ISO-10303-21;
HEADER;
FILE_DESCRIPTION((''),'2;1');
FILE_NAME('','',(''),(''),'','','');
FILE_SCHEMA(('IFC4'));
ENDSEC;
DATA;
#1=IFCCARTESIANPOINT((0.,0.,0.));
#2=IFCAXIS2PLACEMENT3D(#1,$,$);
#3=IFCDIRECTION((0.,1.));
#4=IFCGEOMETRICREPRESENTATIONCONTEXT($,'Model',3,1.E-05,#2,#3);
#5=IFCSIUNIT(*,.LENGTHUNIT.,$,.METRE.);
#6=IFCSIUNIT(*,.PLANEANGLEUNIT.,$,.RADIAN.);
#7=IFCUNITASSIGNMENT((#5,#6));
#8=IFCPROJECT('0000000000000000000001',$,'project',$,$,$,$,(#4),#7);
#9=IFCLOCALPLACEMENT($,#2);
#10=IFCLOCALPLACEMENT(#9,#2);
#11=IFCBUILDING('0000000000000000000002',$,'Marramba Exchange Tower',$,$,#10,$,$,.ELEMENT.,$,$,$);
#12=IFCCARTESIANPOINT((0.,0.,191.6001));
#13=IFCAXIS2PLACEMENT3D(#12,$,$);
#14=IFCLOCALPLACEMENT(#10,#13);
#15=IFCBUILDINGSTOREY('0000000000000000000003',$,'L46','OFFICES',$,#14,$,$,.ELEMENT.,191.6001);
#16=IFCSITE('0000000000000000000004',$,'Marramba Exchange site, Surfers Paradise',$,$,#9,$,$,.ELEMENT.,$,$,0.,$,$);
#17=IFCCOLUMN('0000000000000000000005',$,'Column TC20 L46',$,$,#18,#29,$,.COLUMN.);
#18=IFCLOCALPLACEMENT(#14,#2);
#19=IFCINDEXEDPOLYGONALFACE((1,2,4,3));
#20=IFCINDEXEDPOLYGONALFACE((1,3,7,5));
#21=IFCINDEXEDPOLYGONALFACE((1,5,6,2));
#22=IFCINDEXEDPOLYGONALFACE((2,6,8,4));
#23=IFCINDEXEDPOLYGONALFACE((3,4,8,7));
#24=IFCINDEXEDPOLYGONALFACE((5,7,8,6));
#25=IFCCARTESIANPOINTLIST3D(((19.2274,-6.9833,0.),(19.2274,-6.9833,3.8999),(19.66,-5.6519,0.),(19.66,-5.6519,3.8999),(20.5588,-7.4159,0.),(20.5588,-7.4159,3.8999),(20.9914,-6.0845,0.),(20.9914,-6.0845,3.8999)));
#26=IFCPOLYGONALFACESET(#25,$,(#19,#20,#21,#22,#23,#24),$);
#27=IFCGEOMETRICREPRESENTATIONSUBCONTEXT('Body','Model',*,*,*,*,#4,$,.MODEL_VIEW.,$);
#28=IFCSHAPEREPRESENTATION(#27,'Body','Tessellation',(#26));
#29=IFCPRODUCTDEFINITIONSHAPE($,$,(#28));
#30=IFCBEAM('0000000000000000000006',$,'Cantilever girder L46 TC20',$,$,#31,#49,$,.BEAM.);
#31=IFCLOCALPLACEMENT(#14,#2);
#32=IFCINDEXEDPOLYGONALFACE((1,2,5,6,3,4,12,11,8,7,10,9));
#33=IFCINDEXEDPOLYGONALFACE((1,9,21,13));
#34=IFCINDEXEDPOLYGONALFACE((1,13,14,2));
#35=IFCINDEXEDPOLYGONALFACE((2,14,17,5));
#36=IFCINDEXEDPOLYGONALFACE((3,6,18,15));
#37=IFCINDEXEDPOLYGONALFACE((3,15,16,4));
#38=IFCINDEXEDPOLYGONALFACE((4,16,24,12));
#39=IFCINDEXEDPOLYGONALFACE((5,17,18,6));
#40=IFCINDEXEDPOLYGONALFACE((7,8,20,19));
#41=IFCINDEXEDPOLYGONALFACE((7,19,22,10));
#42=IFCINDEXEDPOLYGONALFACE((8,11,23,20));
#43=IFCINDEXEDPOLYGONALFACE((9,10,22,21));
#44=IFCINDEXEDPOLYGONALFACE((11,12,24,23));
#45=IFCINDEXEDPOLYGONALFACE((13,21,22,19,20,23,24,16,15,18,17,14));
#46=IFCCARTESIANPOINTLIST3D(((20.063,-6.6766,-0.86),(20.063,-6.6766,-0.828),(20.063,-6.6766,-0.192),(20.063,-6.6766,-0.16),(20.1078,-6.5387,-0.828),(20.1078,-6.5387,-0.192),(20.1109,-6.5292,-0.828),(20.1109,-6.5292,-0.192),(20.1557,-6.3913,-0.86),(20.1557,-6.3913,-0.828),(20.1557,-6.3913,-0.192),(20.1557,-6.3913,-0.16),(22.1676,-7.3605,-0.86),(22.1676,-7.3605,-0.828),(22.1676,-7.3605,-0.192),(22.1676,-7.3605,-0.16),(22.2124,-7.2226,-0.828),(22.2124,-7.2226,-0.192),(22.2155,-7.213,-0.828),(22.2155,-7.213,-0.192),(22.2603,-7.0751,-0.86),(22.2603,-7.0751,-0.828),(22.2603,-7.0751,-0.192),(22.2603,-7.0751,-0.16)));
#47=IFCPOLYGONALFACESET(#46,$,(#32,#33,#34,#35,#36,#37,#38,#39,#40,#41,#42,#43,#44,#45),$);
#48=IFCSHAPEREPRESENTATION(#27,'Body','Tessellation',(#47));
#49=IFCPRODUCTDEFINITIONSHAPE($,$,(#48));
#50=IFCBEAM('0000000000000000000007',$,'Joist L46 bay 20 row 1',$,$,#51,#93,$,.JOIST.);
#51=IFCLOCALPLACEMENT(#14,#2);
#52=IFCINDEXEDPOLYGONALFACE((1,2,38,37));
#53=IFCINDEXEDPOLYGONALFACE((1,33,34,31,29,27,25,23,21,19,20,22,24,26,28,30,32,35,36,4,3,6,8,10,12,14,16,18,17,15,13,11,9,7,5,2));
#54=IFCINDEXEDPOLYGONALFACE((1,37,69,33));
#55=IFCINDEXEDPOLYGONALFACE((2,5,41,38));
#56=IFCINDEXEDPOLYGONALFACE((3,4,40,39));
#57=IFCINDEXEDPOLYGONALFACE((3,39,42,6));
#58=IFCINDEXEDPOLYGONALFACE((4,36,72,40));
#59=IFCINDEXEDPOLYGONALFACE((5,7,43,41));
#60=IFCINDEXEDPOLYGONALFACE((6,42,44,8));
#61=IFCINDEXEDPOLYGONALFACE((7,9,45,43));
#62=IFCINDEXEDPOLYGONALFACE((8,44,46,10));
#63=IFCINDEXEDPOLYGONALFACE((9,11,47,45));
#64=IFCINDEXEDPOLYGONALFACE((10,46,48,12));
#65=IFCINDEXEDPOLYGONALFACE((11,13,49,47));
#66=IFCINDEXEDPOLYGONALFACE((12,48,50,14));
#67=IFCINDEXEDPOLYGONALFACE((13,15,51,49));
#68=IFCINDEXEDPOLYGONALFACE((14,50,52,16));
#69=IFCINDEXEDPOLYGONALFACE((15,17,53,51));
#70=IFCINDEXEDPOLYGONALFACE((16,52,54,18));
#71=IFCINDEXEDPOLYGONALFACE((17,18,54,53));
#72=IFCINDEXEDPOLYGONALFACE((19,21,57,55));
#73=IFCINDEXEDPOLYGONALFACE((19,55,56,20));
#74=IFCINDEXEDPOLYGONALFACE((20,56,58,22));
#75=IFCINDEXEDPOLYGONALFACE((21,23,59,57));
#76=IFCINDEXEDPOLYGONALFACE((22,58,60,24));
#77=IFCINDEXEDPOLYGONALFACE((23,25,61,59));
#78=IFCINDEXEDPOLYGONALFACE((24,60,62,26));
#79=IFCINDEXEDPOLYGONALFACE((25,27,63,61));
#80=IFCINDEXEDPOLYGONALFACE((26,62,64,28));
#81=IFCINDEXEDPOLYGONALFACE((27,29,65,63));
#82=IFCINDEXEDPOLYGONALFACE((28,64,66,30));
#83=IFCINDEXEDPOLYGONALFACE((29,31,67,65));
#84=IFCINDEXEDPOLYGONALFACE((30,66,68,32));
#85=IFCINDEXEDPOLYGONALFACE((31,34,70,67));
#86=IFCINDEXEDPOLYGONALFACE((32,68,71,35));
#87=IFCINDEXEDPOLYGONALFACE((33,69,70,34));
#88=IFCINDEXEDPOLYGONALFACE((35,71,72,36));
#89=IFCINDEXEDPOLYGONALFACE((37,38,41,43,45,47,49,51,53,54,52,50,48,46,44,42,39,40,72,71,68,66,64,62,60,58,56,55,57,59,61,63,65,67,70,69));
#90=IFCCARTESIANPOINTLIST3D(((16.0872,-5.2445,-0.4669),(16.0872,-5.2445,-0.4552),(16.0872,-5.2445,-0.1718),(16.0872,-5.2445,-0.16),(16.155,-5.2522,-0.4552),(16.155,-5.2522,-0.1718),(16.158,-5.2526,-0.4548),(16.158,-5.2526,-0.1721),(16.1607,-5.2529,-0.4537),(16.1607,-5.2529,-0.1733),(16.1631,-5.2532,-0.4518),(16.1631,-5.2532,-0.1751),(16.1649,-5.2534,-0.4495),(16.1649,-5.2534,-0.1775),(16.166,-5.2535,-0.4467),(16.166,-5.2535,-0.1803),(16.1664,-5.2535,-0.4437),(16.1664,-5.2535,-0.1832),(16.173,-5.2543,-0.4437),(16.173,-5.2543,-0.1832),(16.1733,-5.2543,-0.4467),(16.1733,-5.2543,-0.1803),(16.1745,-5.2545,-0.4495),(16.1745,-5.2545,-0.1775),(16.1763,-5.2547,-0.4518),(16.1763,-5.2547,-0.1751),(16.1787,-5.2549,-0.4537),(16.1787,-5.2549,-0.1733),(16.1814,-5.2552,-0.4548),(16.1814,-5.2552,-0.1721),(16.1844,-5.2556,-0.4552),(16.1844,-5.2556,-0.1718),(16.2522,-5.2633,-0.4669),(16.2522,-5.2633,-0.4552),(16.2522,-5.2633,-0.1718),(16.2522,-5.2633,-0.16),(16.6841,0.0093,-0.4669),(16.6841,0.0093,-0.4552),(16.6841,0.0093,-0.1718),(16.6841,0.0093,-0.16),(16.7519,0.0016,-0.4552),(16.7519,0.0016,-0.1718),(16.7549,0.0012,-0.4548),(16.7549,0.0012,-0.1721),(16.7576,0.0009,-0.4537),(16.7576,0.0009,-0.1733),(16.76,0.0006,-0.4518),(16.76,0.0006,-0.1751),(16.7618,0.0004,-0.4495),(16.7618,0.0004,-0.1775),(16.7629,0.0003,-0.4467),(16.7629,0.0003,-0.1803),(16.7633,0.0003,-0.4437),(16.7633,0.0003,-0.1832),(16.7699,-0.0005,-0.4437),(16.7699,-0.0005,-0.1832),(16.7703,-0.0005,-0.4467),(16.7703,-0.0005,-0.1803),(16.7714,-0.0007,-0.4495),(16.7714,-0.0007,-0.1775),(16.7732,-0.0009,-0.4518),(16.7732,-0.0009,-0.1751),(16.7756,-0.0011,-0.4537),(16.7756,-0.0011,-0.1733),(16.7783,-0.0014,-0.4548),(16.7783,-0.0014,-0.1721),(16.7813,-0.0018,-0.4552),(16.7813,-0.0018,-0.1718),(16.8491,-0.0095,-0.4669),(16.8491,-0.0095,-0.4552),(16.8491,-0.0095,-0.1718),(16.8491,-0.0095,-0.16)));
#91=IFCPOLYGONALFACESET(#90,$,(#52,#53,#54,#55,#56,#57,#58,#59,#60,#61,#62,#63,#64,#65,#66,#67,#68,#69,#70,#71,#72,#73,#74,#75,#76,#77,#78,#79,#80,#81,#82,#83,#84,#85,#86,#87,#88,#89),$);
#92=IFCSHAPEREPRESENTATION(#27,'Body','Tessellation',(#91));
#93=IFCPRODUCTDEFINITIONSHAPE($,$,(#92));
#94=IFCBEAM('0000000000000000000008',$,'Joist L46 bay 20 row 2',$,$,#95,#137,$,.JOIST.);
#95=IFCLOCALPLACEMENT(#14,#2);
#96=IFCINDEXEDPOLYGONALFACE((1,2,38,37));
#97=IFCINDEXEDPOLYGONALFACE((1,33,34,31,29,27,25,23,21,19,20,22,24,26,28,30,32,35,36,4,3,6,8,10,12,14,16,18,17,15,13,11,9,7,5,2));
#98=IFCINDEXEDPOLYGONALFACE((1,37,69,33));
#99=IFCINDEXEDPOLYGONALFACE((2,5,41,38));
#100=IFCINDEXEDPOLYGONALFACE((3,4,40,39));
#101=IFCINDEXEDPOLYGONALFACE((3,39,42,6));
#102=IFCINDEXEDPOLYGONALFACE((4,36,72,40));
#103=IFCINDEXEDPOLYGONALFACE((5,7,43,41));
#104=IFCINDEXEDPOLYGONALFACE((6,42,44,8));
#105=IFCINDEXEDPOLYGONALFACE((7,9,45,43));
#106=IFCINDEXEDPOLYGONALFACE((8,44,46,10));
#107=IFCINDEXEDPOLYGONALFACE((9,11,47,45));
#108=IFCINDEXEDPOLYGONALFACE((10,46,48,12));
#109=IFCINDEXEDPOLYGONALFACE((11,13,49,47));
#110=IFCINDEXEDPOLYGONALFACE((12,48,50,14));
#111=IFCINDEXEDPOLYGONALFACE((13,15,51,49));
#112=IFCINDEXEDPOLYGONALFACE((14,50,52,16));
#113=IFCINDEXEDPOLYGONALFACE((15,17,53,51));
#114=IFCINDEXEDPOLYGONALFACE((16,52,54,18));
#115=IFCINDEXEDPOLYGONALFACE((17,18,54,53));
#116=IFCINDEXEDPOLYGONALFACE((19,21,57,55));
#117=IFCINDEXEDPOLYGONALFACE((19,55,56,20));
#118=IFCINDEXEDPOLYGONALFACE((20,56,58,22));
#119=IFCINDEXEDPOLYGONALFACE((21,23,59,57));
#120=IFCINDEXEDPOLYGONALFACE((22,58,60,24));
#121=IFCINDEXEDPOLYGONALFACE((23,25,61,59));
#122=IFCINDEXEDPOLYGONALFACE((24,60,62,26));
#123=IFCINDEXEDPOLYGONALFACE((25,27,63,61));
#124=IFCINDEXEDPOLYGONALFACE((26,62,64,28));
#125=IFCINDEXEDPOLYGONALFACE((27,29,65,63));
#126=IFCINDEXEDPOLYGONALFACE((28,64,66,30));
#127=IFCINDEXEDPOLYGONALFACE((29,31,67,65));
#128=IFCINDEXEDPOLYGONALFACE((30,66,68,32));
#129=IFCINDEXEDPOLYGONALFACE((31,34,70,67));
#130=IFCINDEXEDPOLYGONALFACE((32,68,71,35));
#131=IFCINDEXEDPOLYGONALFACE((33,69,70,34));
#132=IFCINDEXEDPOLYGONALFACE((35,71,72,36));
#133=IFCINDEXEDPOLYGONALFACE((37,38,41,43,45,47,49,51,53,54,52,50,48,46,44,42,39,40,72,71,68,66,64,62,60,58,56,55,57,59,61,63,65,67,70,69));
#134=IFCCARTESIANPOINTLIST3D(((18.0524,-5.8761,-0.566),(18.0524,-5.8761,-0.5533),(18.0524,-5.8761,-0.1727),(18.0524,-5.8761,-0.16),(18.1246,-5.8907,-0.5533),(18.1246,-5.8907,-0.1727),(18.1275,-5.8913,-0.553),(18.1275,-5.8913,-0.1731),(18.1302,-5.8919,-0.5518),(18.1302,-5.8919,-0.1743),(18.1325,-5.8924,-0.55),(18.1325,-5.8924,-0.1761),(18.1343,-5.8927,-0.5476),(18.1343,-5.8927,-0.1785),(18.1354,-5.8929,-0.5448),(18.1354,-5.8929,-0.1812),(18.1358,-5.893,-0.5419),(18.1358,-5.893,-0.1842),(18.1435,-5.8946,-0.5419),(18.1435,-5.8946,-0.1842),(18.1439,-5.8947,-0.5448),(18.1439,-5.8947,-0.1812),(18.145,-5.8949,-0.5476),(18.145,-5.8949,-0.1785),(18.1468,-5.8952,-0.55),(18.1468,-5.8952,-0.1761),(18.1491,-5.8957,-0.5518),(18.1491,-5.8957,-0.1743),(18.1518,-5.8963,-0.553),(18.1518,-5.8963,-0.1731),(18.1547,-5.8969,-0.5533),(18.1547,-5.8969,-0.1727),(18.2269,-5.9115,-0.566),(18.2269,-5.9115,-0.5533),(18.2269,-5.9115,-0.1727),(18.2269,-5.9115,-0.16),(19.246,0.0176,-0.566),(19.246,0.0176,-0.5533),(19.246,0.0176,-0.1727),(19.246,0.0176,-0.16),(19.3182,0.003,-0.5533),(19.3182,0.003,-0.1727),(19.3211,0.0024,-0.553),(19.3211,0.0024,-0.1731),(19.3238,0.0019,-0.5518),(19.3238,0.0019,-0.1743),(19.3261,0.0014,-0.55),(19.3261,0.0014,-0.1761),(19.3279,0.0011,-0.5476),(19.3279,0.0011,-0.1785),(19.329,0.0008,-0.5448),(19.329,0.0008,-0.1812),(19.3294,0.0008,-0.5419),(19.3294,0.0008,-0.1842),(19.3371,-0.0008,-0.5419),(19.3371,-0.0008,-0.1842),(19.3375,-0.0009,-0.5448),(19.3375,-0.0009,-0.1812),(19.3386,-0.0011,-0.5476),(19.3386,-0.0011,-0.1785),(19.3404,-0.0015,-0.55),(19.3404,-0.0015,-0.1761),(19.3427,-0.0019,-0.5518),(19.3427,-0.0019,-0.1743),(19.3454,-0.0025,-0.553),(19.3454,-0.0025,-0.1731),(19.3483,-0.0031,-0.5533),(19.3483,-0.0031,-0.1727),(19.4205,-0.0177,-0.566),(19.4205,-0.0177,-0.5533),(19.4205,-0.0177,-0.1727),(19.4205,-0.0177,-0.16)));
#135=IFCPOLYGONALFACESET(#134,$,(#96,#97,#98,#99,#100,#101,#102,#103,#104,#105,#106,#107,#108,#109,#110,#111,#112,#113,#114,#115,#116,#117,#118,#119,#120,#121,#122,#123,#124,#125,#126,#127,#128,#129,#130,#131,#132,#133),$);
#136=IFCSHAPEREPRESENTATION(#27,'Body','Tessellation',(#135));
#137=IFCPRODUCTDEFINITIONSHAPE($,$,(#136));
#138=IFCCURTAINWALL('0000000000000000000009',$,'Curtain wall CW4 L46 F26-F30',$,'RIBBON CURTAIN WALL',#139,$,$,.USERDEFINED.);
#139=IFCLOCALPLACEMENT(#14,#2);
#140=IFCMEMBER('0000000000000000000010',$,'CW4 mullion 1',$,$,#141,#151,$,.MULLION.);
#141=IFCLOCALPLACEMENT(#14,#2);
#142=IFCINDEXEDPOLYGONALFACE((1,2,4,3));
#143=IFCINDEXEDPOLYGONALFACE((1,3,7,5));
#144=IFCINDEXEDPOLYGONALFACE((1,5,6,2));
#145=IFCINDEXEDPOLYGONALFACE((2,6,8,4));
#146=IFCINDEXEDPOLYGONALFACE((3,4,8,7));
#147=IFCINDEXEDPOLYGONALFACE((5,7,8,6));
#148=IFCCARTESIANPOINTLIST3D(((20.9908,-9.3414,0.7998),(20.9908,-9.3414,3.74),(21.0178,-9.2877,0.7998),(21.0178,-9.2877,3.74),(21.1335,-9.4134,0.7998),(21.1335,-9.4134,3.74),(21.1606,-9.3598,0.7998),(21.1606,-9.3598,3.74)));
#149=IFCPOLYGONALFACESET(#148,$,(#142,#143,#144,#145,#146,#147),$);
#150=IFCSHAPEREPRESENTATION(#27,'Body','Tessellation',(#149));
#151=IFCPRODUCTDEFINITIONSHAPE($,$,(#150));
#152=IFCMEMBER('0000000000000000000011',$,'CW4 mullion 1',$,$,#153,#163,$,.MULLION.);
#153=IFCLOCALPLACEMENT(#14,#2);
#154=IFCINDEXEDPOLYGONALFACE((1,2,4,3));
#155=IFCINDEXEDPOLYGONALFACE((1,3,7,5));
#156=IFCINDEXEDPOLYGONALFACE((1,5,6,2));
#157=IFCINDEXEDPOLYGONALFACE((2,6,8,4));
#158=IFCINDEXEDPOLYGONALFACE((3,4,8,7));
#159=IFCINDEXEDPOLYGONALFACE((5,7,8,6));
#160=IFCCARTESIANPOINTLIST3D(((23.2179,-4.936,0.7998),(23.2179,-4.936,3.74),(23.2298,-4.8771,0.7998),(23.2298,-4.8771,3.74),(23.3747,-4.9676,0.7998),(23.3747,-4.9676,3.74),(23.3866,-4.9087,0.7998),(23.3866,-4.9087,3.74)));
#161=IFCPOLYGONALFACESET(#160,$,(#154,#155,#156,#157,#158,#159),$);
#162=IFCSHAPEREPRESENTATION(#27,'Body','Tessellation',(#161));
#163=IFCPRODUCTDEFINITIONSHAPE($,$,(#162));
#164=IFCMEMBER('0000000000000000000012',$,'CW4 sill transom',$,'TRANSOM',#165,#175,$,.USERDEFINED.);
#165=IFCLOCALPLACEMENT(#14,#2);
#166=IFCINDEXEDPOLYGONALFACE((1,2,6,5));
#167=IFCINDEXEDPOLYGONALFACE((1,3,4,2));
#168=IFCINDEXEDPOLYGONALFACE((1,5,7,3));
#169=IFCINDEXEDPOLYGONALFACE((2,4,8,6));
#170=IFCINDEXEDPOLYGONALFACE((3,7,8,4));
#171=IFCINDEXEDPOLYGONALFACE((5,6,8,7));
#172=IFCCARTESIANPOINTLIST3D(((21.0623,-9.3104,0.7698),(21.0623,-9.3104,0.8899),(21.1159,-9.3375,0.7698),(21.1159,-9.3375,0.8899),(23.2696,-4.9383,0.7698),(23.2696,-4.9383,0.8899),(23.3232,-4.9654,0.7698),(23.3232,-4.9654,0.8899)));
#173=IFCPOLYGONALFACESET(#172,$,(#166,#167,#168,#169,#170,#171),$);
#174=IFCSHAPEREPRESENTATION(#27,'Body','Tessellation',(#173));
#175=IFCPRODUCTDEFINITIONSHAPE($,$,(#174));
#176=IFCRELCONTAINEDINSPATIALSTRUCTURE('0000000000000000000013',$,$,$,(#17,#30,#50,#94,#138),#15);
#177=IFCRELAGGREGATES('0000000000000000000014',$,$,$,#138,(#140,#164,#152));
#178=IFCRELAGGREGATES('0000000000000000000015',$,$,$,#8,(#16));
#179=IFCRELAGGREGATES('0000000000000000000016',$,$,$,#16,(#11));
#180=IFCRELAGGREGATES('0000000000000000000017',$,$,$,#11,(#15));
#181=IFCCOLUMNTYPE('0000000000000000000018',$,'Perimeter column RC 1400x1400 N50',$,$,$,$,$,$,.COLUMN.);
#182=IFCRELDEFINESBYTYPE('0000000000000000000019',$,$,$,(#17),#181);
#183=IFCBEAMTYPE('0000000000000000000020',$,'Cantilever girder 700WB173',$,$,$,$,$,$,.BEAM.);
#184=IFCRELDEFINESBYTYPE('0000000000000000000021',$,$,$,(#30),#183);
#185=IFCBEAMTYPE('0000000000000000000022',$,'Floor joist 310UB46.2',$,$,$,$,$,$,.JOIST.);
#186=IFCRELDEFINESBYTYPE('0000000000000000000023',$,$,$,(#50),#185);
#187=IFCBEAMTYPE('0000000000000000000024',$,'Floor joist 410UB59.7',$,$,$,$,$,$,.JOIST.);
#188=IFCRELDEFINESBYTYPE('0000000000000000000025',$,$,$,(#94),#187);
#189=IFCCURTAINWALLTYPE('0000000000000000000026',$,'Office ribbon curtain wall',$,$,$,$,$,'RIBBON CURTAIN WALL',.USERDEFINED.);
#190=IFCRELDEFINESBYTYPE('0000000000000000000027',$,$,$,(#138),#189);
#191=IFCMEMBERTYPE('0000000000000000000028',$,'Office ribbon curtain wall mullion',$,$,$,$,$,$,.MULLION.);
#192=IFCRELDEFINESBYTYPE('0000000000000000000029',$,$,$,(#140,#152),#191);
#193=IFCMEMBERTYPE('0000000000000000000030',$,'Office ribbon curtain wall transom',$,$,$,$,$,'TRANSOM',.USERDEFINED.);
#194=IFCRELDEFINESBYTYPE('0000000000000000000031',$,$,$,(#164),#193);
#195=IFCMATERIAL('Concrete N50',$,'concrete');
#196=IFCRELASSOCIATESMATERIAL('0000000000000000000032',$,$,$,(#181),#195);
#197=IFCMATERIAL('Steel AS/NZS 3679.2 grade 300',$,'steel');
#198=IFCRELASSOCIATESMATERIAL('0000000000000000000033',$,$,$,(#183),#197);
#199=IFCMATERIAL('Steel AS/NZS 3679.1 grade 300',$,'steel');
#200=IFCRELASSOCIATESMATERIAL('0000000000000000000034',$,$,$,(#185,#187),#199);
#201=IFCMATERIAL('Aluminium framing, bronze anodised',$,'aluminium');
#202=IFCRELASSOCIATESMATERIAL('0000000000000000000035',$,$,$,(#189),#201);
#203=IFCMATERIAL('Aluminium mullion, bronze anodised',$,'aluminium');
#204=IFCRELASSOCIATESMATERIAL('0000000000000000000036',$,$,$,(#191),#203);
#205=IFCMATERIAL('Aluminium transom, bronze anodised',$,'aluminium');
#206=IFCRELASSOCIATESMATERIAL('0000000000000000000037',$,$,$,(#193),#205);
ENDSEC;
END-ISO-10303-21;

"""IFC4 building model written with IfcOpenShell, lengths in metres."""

from ifc_helpers import new_model, si_unit, direction, frame, origin, origin_2d, place, context, subcontext, project, spatial, rectangle, i_section, extrude, material, material_profile, profile_set, type_object, element, aggregate, save


model = new_model("IFC4")

# Units and contexts
model_context = context("Model", 3, precision=1e-05, world=origin(), true_north=direction((0.0, 1.0)))
body_context = subcontext(model_context, "Body", "Model", "MODEL_VIEW")
ifc_project = project(units=[si_unit("LENGTHUNIT", "METRE"), si_unit("PLANEANGLEUNIT", "RADIAN")], contexts=[model_context])

# Site, building, storey
site_placement = place(None, origin())
site = spatial("IfcSite", under=ifc_project, at=site_placement, Name="Marramba Exchange site, Surfers Paradise", CompositionType="ELEMENT", RefElevation=0.0)
building_placement = place(site_placement, origin())
building = spatial("IfcBuilding", under=site, at=building_placement, Name="Marramba Exchange Tower", CompositionType="ELEMENT")
storey_placement = place(building_placement, frame((0.0, 0.0, 191.6001)))
storey = spatial("IfcBuildingStorey", under=building, at=storey_placement, Name="L46", Description="OFFICES", CompositionType="ELEMENT", Elevation=191.6001)

# Column
ifc_material_1 = material(Name="Concrete N50", Category="concrete")
ifc_material_profile_1 = material_profile(ifc_material_1, rectangle(XDim=1.3999, YDim=1.3999, at=origin_2d()), Name="RC 1400x1400")
ifc_profile_set_1 = profile_set([ifc_material_profile_1], Name="Concrete N50")
column_type = type_object("IfcColumnType", Name="Perimeter column RC 1400x1400 N50", PredefinedType="COLUMN", material=ifc_profile_set_1)
column_placement = place(storey_placement, frame((20.1094, -6.5339, 0.0), z_axis=(0.0, 0.0, 1.0), x_axis=(0.951057, -0.309017, 0.0)))
element("IfcColumn", 1, at=column_placement, inside=storey, type_object=column_type, Name="Column TC20 L46", PredefinedType="COLUMN", context=body_context, shape_type="SweptSolid", body=[
    extrude(rectangle(XDim=1.3999, YDim=1.3999, at=origin_2d()), origin(), (0.0, 0.0, 1.0), 3.8999),
])

# Beams
ifc_material_2 = material(Name="Steel AS/NZS 3679.2 grade 300", Category="steel")
ifc_material_profile_2 = material_profile(ifc_material_2, i_section(OverallWidth=0.3, OverallDepth=0.7, WebThickness=0.01, FlangeThickness=0.032, at=origin_2d()), Name="700WB173")
ifc_profile_set_2 = profile_set([ifc_material_profile_2], Name="Steel AS/NZS 3679.2 grade 300")
beam_type_1 = type_object("IfcBeamType", Name="Cantilever girder 700WB173", PredefinedType="BEAM", material=ifc_profile_set_2)
beam_1_placement = place(storey_placement, frame((20.1094, -6.5339, -0.51), z_axis=(0.95105, -0.309036, 0.0), x_axis=(0.309036, 0.95105, 0.0)))
element("IfcBeam", 2, at=beam_1_placement, inside=storey, type_object=beam_type_1, Name="Cantilever girder L46 TC20", PredefinedType="BEAM", context=body_context, shape_type="SweptSolid", body=[
    extrude(i_section(OverallWidth=0.3, OverallDepth=0.7, WebThickness=0.01, FlangeThickness=0.032, at=origin_2d()), origin(), (0.0, 0.0, 1.0), 2.2129),
])
ifc_material_3 = material(Name="Steel AS/NZS 3679.1 grade 300", Category="steel")
ifc_material_profile_3 = material_profile(ifc_material_3, i_section(OverallWidth=0.166, OverallDepth=0.3069, WebThickness=0.0066, FlangeThickness=0.0117, FilletRadius=0.0115, at=origin_2d()), Name="310UB46.2")
ifc_profile_set_3 = profile_set([ifc_material_profile_3], Name="Steel AS/NZS 3679.1 grade 300")
beam_type_2 = type_object("IfcBeamType", Name="Floor joist 310UB46.2", PredefinedType="JOIST", material=ifc_profile_set_3)
beam_2_placement = place(storey_placement, frame((16.1697, -5.2539, -0.3135), z_axis=(0.112889, 0.993608, 0.0), x_axis=(-0.993608, 0.112889, 0.0)))
element("IfcBeam", 3, at=beam_2_placement, inside=storey, type_object=beam_type_2, Name="Joist L46 bay 20 row 1", PredefinedType="JOIST", context=body_context, shape_type="SweptSolid", body=[
    extrude(i_section(OverallWidth=0.166, OverallDepth=0.3069, WebThickness=0.0066, FlangeThickness=0.0117, FilletRadius=0.0115, at=origin_2d()), origin(), (0.0, 0.0, 1.0), 5.2876),
])
ifc_material_profile_4 = material_profile(ifc_material_3, i_section(OverallWidth=0.178, OverallDepth=0.406, WebThickness=0.0078, FlangeThickness=0.0127, FilletRadius=0.0115, at=origin_2d()), Name="410UB59.7")
ifc_profile_set_4 = profile_set([ifc_material_profile_4], Name="Steel AS/NZS 3679.1 grade 300")
beam_type_3 = type_object("IfcBeamType", Name="Floor joist 410UB59.7", PredefinedType="JOIST", material=ifc_profile_set_4)
beam_3_placement = place(storey_placement, frame((18.1396, -5.8938, -0.363), z_axis=(0.198489, 0.980103, 0.0), x_axis=(-0.980103, 0.198489, 0.0)))
element("IfcBeam", 4, at=beam_3_placement, inside=storey, type_object=beam_type_3, Name="Joist L46 bay 20 row 2", PredefinedType="JOIST", context=body_context, shape_type="SweptSolid", body=[
    extrude(i_section(OverallWidth=0.178, OverallDepth=0.406, WebThickness=0.0078, FlangeThickness=0.0127, FilletRadius=0.0115, at=origin_2d()), origin(), (0.0, 0.0, 1.0), 6.0134),
])

# Curtain wall, members
ifc_material_4 = material(Name="Aluminium framing, bronze anodised", Category="aluminium")
curtain_wall_type = type_object("IfcCurtainWallType", Name="Office ribbon curtain wall", ElementType="RIBBON CURTAIN WALL", PredefinedType="USERDEFINED", material=ifc_material_4)
curtain_wall_placement = place(storey_placement, origin())
curtain_wall = element("IfcCurtainWall", 5, at=curtain_wall_placement, inside=storey, type_object=curtain_wall_type, Name="Curtain wall CW4 L46 F26-F30", ObjectType="RIBBON CURTAIN WALL", PredefinedType="USERDEFINED")
ifc_material_5 = material(Name="Aluminium mullion, bronze anodised", Category="aluminium")
ifc_material_profile_5 = material_profile(ifc_material_5, rectangle(XDim=0.1599, YDim=0.0601, at=origin_2d()), Name="CW4 mullion 60x160")
ifc_profile_set_5 = profile_set([ifc_material_profile_5], Name="Aluminium mullion, bronze anodised")
member_type_1 = type_object("IfcMemberType", Name="Office ribbon curtain wall mullion", PredefinedType="MULLION", material=ifc_profile_set_5)
member_1_placement = place(storey_placement, frame((21.0757, -9.3506, 0.7998), z_axis=(0.0, 0.0, 1.0), x_axis=(-0.892689, 0.450673, 0.0)))
member_1 = element("IfcMember", 6, at=member_1_placement, type_object=member_type_1, Name="CW4 mullion 1", PredefinedType="MULLION", context=body_context, shape_type="SweptSolid", body=[
    extrude(rectangle(XDim=0.1599, YDim=0.0601, at=origin_2d()), origin(), (0.0, 0.0, 1.0), 2.9402),
])
member_2_placement = place(storey_placement, frame((23.3022, -4.9224, 0.7998), z_axis=(0.0, 0.0, 1.0), x_axis=(-0.980304, 0.197495, 0.0)))
member_2 = element("IfcMember", 7, at=member_2_placement, type_object=member_type_1, Name="CW4 mullion 1", PredefinedType="MULLION", context=body_context, shape_type="SweptSolid", body=[
    extrude(rectangle(XDim=0.1599, YDim=0.0601, at=origin_2d()), origin(), (0.0, 0.0, 1.0), 2.9402),
])
ifc_material_6 = material(Name="Aluminium transom, bronze anodised", Category="aluminium")
ifc_material_profile_6 = material_profile(ifc_material_6, rectangle(XDim=0.0601, YDim=0.1201, at=origin_2d()), Name="CW4 transom 60x120")
ifc_profile_set_6 = profile_set([ifc_material_profile_6], Name="Aluminium transom, bronze anodised")
member_type_2 = type_object("IfcMemberType", Name="Office ribbon curtain wall transom", ElementType="TRANSOM", PredefinedType="USERDEFINED", material=ifc_profile_set_6)
member_3_placement = place(storey_placement, frame((21.0891, -9.324, 0.8298), z_axis=(0.45068, 0.892686, 0.0), x_axis=(-0.892686, 0.45068, 0.0)))
member_3 = element("IfcMember", 8, at=member_3_placement, type_object=member_type_2, Name="CW4 sill transom", ObjectType="TRANSOM", PredefinedType="USERDEFINED", context=body_context, shape_type="SweptSolid", body=[
    extrude(rectangle(XDim=0.0601, YDim=0.1201, at=origin_2d()), origin(), (0.0, 0.0, 1.0), 4.8977),
])

aggregate(curtain_wall, [member_1, member_3, member_2])

save(model, "model.ifc")
